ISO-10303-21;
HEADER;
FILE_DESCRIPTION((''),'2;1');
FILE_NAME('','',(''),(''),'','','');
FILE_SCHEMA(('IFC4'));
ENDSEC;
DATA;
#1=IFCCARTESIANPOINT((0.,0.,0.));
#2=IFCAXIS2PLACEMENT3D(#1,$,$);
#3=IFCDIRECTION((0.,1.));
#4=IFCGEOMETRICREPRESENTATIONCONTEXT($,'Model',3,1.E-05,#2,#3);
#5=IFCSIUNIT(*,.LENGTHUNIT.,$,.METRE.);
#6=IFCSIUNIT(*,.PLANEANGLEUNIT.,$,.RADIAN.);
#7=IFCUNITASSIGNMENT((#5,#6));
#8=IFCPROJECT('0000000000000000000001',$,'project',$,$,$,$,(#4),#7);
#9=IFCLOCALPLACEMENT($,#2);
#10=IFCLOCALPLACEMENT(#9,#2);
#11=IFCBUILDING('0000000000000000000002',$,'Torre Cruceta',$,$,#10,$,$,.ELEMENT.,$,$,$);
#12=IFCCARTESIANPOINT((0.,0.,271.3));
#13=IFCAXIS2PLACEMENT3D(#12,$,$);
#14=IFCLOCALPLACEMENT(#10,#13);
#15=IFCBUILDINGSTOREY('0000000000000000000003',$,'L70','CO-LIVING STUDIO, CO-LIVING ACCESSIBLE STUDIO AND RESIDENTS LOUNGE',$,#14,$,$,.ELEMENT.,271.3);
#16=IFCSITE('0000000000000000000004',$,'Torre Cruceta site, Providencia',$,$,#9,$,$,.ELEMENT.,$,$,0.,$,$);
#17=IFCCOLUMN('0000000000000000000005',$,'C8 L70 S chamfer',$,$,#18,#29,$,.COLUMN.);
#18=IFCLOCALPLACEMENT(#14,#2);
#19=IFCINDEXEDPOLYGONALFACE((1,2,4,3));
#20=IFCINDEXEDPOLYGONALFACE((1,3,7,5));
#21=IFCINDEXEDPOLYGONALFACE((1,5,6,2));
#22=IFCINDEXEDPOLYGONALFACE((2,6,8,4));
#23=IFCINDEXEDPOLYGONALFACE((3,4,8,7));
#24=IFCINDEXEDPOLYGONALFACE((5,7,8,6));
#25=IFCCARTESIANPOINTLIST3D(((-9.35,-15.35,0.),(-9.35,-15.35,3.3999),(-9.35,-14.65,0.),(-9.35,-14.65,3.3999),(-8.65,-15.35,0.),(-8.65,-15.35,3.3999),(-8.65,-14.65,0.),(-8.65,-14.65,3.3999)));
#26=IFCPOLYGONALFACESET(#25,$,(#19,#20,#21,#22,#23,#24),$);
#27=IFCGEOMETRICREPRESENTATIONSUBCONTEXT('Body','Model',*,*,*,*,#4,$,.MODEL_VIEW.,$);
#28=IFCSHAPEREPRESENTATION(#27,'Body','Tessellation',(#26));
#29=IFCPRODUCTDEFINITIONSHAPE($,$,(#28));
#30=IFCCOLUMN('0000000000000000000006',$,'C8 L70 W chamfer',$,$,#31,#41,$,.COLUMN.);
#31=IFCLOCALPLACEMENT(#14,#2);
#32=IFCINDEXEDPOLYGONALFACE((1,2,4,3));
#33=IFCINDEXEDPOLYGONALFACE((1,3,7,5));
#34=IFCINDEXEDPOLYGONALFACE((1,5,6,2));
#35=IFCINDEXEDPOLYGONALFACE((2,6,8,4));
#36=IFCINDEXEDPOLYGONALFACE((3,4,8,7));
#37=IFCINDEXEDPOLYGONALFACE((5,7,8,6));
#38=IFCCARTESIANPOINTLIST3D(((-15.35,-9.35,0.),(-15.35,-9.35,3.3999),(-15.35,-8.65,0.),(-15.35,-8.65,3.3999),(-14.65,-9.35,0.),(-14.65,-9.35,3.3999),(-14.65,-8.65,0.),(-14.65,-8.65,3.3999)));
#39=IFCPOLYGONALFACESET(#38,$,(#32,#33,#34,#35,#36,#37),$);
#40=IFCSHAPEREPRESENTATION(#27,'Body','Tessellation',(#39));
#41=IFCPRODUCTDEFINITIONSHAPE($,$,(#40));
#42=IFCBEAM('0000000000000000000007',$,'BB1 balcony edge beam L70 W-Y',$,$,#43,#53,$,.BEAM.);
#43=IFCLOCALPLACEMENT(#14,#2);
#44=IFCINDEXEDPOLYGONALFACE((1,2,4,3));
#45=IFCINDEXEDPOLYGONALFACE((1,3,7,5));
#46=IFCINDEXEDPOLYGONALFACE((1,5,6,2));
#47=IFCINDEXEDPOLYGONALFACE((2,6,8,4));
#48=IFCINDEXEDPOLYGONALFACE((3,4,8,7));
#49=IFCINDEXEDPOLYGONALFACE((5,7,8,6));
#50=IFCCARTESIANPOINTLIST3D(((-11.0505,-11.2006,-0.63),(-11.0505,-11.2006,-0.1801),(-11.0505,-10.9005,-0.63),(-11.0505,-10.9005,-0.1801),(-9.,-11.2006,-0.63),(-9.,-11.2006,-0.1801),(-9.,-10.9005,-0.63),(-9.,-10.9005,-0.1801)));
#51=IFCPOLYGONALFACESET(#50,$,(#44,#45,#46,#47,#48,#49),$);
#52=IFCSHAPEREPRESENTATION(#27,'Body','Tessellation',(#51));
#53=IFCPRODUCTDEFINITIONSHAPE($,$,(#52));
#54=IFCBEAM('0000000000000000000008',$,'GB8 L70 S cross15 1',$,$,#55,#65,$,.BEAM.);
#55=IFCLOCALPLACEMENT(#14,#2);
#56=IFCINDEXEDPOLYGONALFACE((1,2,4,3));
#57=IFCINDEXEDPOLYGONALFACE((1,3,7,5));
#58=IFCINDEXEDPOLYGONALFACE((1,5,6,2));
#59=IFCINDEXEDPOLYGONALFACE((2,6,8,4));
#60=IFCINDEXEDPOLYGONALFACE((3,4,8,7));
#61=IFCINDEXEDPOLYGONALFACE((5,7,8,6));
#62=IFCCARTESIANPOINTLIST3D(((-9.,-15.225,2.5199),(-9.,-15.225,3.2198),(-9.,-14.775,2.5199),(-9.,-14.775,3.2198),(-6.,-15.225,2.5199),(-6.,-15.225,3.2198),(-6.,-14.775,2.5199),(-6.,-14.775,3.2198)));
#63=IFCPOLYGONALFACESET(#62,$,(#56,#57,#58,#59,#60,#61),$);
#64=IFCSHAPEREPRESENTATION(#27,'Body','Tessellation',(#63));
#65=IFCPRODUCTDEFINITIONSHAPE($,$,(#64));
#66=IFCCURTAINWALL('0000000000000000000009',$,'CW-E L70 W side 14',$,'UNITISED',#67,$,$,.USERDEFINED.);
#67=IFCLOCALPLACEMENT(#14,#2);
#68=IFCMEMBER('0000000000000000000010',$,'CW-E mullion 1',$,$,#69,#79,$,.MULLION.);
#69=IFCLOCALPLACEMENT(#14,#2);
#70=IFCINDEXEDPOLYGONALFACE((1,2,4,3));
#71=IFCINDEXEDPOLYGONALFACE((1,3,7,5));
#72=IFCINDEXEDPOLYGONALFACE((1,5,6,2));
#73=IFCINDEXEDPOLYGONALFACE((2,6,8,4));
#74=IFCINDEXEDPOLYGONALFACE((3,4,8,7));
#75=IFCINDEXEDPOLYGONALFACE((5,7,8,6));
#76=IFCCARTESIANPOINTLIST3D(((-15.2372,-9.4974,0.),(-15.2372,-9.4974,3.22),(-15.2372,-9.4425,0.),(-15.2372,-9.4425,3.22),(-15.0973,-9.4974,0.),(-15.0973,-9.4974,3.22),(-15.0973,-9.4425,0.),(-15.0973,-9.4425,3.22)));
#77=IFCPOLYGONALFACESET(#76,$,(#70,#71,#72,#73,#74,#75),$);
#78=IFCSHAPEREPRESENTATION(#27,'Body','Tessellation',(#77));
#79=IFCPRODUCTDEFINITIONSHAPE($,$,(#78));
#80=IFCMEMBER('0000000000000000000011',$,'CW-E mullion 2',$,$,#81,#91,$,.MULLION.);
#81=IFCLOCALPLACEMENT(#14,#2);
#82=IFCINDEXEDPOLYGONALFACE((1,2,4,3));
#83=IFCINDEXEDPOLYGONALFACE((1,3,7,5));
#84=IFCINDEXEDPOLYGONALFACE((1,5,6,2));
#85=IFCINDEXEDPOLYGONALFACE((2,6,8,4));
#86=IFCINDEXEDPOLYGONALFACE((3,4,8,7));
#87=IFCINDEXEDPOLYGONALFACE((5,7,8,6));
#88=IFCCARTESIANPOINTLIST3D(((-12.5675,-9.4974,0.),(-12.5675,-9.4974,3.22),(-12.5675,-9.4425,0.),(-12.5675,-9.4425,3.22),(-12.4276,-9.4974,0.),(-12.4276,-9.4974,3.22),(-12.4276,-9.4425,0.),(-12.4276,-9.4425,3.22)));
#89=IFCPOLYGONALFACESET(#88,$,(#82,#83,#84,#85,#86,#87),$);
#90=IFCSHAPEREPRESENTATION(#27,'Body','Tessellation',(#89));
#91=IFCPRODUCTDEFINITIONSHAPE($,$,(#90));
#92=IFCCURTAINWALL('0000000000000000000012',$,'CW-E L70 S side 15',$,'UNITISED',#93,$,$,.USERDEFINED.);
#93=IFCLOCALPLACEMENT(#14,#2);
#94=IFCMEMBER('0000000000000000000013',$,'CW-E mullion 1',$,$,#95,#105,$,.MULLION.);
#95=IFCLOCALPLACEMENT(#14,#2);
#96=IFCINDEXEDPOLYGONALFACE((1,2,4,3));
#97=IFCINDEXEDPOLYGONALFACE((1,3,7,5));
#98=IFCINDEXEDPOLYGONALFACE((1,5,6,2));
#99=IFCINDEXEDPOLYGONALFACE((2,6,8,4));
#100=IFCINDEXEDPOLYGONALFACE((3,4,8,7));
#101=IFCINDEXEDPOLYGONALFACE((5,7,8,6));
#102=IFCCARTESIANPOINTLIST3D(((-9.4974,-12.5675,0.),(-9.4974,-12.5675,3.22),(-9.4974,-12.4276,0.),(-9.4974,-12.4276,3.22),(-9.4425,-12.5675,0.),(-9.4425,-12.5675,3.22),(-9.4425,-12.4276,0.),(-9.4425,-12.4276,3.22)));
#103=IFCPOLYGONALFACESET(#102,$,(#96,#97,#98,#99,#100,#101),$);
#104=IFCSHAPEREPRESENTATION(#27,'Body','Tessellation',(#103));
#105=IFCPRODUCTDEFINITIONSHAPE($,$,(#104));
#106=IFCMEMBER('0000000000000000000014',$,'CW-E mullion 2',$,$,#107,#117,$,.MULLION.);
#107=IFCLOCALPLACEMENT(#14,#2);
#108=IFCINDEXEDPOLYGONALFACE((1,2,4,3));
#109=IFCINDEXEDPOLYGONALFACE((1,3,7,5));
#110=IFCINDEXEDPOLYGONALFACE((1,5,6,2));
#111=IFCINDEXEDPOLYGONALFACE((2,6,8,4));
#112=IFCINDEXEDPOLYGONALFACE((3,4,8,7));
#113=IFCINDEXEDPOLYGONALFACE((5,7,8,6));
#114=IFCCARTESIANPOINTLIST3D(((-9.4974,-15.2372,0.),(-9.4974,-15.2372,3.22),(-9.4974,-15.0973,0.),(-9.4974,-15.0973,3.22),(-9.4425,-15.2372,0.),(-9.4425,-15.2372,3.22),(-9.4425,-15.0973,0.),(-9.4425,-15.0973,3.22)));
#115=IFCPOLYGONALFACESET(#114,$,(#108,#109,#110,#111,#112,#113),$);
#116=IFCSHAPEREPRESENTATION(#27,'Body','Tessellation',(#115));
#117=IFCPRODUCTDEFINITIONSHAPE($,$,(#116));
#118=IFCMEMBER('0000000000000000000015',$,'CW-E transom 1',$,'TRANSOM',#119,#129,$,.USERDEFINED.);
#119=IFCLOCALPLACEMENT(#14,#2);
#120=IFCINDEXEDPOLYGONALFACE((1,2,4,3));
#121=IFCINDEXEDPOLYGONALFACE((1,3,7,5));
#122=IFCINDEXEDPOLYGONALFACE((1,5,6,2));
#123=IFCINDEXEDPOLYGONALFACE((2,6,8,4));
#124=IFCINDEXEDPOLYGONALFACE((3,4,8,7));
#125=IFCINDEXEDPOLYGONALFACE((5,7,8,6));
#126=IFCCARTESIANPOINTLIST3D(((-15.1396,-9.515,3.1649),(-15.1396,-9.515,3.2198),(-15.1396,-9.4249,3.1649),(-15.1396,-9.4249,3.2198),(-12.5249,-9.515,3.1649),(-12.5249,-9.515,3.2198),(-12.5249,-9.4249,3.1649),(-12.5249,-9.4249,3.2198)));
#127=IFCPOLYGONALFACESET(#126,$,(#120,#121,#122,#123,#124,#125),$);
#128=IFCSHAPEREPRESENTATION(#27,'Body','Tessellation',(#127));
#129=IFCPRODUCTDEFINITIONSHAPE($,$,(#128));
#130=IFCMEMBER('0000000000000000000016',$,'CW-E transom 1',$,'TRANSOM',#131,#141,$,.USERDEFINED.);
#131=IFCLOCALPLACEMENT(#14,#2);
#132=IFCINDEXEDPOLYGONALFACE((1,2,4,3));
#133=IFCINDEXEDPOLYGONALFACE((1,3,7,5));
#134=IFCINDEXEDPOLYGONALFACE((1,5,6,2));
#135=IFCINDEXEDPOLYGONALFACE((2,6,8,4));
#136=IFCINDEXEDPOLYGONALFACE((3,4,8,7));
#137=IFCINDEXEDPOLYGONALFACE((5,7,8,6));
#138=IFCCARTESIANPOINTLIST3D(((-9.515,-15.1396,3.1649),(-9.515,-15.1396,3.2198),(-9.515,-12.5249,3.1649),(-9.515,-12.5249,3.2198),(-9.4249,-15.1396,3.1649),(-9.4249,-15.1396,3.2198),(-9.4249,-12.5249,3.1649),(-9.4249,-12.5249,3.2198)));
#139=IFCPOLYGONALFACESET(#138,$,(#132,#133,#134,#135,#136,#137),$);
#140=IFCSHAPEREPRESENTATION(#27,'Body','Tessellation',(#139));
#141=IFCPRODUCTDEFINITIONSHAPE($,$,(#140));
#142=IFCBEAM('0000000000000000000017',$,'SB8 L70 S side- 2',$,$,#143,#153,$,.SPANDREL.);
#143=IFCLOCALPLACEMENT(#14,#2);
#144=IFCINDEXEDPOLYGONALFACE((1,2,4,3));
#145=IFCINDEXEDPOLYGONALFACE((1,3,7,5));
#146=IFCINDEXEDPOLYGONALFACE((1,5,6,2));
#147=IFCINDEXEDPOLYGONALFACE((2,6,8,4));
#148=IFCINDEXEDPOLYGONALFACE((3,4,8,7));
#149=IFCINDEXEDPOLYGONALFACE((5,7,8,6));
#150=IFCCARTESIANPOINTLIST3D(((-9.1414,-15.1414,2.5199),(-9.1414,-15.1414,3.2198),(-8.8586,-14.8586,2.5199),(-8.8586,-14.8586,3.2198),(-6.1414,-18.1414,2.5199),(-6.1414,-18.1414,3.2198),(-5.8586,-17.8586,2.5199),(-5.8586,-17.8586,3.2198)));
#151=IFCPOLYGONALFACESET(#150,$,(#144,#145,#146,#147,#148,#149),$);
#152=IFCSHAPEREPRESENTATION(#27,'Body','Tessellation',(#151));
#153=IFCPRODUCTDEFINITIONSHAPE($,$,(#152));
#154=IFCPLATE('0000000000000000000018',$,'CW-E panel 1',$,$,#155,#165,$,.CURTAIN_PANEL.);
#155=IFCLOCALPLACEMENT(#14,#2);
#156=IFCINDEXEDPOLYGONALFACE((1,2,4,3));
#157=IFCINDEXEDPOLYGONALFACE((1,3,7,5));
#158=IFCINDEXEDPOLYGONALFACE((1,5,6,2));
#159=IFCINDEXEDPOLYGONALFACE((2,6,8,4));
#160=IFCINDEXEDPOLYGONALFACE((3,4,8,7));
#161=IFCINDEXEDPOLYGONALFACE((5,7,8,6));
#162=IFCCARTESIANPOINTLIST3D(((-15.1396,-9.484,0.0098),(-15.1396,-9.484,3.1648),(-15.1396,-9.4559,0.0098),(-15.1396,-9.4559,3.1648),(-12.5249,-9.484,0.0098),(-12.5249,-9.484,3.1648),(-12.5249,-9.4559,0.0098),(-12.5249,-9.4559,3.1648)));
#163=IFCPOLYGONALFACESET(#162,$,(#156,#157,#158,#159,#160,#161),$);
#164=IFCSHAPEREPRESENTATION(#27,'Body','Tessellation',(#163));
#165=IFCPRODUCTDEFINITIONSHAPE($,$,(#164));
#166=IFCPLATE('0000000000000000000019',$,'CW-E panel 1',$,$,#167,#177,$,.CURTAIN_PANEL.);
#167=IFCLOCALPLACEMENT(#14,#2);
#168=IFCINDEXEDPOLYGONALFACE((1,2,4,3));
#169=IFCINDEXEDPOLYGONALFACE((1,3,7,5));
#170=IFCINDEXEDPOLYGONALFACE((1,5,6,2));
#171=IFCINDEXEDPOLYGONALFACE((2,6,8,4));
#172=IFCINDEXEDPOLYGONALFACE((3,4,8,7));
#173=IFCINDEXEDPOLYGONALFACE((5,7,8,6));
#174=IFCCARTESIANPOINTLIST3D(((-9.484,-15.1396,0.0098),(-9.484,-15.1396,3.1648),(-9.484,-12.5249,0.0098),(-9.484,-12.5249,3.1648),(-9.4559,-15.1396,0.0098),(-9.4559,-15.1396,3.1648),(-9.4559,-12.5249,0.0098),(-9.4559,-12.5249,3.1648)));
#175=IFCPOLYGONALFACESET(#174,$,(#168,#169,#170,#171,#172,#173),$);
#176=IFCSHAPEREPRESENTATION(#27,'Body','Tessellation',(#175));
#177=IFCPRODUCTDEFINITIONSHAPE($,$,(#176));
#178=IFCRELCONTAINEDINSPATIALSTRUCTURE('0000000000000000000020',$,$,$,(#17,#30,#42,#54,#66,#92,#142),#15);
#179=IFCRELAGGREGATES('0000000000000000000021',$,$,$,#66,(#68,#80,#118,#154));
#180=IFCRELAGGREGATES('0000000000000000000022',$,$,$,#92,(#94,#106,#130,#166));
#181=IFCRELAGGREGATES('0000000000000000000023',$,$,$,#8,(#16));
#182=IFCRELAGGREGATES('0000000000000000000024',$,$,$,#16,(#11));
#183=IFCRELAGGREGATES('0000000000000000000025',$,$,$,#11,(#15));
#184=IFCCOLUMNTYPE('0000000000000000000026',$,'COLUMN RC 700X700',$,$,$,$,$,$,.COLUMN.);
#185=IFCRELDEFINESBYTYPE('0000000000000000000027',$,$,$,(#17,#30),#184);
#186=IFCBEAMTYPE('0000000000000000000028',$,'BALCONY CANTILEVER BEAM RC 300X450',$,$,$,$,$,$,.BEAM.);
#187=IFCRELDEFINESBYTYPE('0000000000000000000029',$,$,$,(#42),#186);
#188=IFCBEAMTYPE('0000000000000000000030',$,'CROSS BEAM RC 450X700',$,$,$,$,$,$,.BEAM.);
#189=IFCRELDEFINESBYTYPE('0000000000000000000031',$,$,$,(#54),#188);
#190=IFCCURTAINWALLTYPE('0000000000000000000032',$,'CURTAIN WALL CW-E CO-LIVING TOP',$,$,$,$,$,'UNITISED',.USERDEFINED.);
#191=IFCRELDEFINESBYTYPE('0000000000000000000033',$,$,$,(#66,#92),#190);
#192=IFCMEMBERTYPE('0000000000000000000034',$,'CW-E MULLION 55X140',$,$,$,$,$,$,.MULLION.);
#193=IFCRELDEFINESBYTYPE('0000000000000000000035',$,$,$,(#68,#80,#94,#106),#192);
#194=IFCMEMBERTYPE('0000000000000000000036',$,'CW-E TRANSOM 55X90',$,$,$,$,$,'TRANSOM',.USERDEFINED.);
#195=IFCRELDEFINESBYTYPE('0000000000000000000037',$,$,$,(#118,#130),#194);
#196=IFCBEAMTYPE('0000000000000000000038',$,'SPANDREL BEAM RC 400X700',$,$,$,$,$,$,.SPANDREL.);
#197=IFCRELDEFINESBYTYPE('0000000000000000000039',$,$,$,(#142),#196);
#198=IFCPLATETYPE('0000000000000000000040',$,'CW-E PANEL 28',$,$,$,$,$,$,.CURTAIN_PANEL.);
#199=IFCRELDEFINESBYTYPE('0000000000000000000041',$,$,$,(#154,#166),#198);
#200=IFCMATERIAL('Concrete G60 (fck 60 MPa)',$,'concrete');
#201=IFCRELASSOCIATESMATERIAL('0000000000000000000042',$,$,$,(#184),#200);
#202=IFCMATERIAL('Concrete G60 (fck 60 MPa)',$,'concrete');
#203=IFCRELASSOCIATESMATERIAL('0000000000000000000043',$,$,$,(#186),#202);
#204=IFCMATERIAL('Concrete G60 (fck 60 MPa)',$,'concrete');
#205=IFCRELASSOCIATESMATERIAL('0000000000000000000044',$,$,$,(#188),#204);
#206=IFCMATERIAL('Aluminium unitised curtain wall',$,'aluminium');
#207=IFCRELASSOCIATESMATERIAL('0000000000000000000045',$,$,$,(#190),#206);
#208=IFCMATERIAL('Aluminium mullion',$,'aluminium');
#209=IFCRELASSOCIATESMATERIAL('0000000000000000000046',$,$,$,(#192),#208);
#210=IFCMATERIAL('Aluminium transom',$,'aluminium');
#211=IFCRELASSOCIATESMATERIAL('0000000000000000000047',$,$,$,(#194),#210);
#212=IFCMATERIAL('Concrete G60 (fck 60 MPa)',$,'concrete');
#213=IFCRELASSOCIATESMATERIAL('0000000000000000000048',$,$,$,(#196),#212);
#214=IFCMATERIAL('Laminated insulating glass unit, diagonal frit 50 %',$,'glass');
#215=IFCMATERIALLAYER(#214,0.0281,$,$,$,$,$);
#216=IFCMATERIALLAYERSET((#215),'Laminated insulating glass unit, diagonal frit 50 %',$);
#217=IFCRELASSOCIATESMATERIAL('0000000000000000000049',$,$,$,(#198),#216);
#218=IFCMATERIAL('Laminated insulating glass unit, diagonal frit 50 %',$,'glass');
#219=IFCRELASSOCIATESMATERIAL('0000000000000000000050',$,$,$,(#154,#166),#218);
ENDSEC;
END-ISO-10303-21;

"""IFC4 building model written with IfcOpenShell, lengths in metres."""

from ifc_helpers import new_model, si_unit, direction, frame, origin, origin_2d, place, context, subcontext, project, spatial, rectangle, extrude, material, layer, layer_set, material_profile, profile_set, type_object, element, aggregate, save


model = new_model("IFC4")

# Units and contexts
model_context = context("Model", 3, precision=1e-05, world=origin(), true_north=direction((0.0, 1.0)))
body_context = subcontext(model_context, "Body", "Model", "MODEL_VIEW")
ifc_project = project(units=[si_unit("LENGTHUNIT", "METRE"), si_unit("PLANEANGLEUNIT", "RADIAN")], contexts=[model_context])

# Site, building, storey
site_placement = place(None, origin())
site = spatial("IfcSite", under=ifc_project, at=site_placement, Name="Torre Cruceta site, Providencia", CompositionType="ELEMENT", RefElevation=0.0)
building_placement = place(site_placement, origin())
building = spatial("IfcBuilding", under=site, at=building_placement, Name="Torre Cruceta", CompositionType="ELEMENT")
storey_placement = place(building_placement, frame((0.0, 0.0, 271.3)))
storey = spatial("IfcBuildingStorey", under=building, at=storey_placement, Name="L70", Description="CO-LIVING STUDIO, CO-LIVING ACCESSIBLE STUDIO AND RESIDENTS LOUNGE", CompositionType="ELEMENT", Elevation=271.3)

# Columns
ifc_material_1 = material(Name="Concrete G60 (fck 60 MPa)", Category="concrete")
ifc_material_profile_1 = material_profile(ifc_material_1, rectangle(XDim=0.7, YDim=0.7, at=origin_2d()), Name="RC 700X700")
ifc_profile_set_1 = profile_set([ifc_material_profile_1], Name="Concrete G60 (fck 60 MPa)")
column_type = type_object("IfcColumnType", Name="COLUMN RC 700X700", PredefinedType="COLUMN", material=ifc_profile_set_1)
for number, where, z_axis, x_axis, name in (
    (1, (-9.0, -15.0, 0.0), (0.0, 0.0, 1.0), (1.0, 0.0, 0.0), "C8 L70 S chamfer"),
    (2, (-15.0, -9.0, 0.0), (0.0, 0.0, 1.0), (1.0, 0.0, 0.0), "C8 L70 W chamfer"),
):
    element("IfcColumn", number, at=place(storey_placement, frame(where, z_axis=z_axis, x_axis=x_axis)), inside=storey, type_object=column_type, Name=name, PredefinedType="COLUMN", context=body_context, shape_type="SweptSolid", body=[
        extrude(rectangle(XDim=0.7, YDim=0.7, at=origin_2d()), origin(), (0.0, 0.0, 1.0), 3.3999),
    ])

# Beams
ifc_material_2 = material(Name="Concrete G60 (fck 60 MPa)", Category="concrete")
ifc_material_profile_2 = material_profile(ifc_material_2, rectangle(XDim=0.3, YDim=0.45, at=origin_2d()), Name="RC 300X450")
ifc_profile_set_2 = profile_set([ifc_material_profile_2], Name="Concrete G60 (fck 60 MPa)")
beam_type_1 = type_object("IfcBeamType", Name="BALCONY CANTILEVER BEAM RC 300X450", PredefinedType="BEAM", material=ifc_profile_set_2)
beam_1_placement = place(storey_placement, frame((-9.0, -11.0505, -0.405), z_axis=(-1.0, 0.0, 0.0), x_axis=(0.0, -1.0, 0.0)))
element("IfcBeam", 3, at=beam_1_placement, inside=storey, type_object=beam_type_1, Name="BB1 balcony edge beam L70 W-Y", PredefinedType="BEAM", context=body_context, shape_type="SweptSolid", body=[
    extrude(rectangle(XDim=0.3, YDim=0.45, at=origin_2d()), origin(), (0.0, 0.0, 1.0), 2.0505),
])
ifc_material_3 = material(Name="Concrete G60 (fck 60 MPa)", Category="concrete")
ifc_material_profile_3 = material_profile(ifc_material_3, rectangle(XDim=0.45, YDim=0.7, at=origin_2d()), Name="RC 450X700")
ifc_profile_set_3 = profile_set([ifc_material_profile_3], Name="Concrete G60 (fck 60 MPa)")
beam_type_2 = type_object("IfcBeamType", Name="CROSS BEAM RC 450X700", PredefinedType="BEAM", material=ifc_profile_set_3)
beam_2_placement = place(storey_placement, frame((-9.0, -15.0, 2.8699), z_axis=(1.0, 0.0, 0.0), x_axis=(0.0, 1.0, 0.0)))
element("IfcBeam", 4, at=beam_2_placement, inside=storey, type_object=beam_type_2, Name="GB8 L70 S cross15 1", PredefinedType="BEAM", context=body_context, shape_type="SweptSolid", body=[
    extrude(rectangle(XDim=0.45, YDim=0.7, at=origin_2d()), origin(), (0.0, 0.0, 1.0), 3.0),
])

# Curtain walls, members
ifc_material_4 = material(Name="Aluminium unitised curtain wall", Category="aluminium")
curtain_wall_type = type_object("IfcCurtainWallType", Name="CURTAIN WALL CW-E CO-LIVING TOP", ElementType="UNITISED", PredefinedType="USERDEFINED", material=ifc_material_4)
curtain_wall_1_placement = place(storey_placement, origin())
curtain_wall_1 = element("IfcCurtainWall", 5, at=curtain_wall_1_placement, inside=storey, type_object=curtain_wall_type, Name="CW-E L70 W side 14", ObjectType="UNITISED", PredefinedType="USERDEFINED")
ifc_material_5 = material(Name="Aluminium mullion", Category="aluminium")
ifc_material_profile_4 = material_profile(ifc_material_5, rectangle(XDim=0.0549, YDim=0.1399, at=origin_2d()), Name="AL 55X140")
ifc_profile_set_4 = profile_set([ifc_material_profile_4], Name="Aluminium mullion")
member_type_1 = type_object("IfcMemberType", Name="CW-E MULLION 55X140", PredefinedType="MULLION", material=ifc_profile_set_4)
member_1_placement = place(storey_placement, frame((-15.1672, -9.47, 0.0), z_axis=(0.0, 0.0, 1.0), x_axis=(0.0, 1.0, 0.0)))
member_1 = element("IfcMember", 6, at=member_1_placement, type_object=member_type_1, Name="CW-E mullion 1", PredefinedType="MULLION", context=body_context, shape_type="SweptSolid", body=[
    extrude(rectangle(XDim=0.0549, YDim=0.1399, at=origin_2d()), origin(), (0.0, 0.0, 1.0), 3.22),
])
member_2_placement = place(storey_placement, frame((-12.4976, -9.47, 0.0), z_axis=(0.0, 0.0, 1.0), x_axis=(0.0, 1.0, 0.0)))
member_2 = element("IfcMember", 7, at=member_2_placement, type_object=member_type_1, Name="CW-E mullion 2", PredefinedType="MULLION", context=body_context, shape_type="SweptSolid", body=[
    extrude(rectangle(XDim=0.0549, YDim=0.1399, at=origin_2d()), origin(), (0.0, 0.0, 1.0), 3.22),
])
curtain_wall_2_placement = place(storey_placement, origin())
curtain_wall_2 = element("IfcCurtainWall", 8, at=curtain_wall_2_placement, inside=storey, type_object=curtain_wall_type, Name="CW-E L70 S side 15", ObjectType="UNITISED", PredefinedType="USERDEFINED")
member_3_placement = place(storey_placement, frame((-9.47, -12.4976, 0.0), z_axis=(0.0, 0.0, 1.0), x_axis=(1.0, 0.0, 0.0)))
member_3 = element("IfcMember", 9, at=member_3_placement, type_object=member_type_1, Name="CW-E mullion 1", PredefinedType="MULLION", context=body_context, shape_type="SweptSolid", body=[
    extrude(rectangle(XDim=0.0549, YDim=0.1399, at=origin_2d()), origin(), (0.0, 0.0, 1.0), 3.22),
])
member_4_placement = place(storey_placement, frame((-9.47, -15.1672, 0.0), z_axis=(0.0, 0.0, 1.0), x_axis=(1.0, 0.0, 0.0)))
member_4 = element("IfcMember", 10, at=member_4_placement, type_object=member_type_1, Name="CW-E mullion 2", PredefinedType="MULLION", context=body_context, shape_type="SweptSolid", body=[
    extrude(rectangle(XDim=0.0549, YDim=0.1399, at=origin_2d()), origin(), (0.0, 0.0, 1.0), 3.22),
])

# Members
ifc_material_6 = material(Name="Aluminium transom", Category="aluminium")
ifc_material_profile_5 = material_profile(ifc_material_6, rectangle(XDim=0.0901, YDim=0.0549, at=origin_2d()), Name="AL 90X55")
ifc_profile_set_5 = profile_set([ifc_material_profile_5], Name="Aluminium transom")
member_type_2 = type_object("IfcMemberType", Name="CW-E TRANSOM 55X90", ElementType="TRANSOM", PredefinedType="USERDEFINED", material=ifc_profile_set_5)
member_5_placement = place(storey_placement, frame((-15.1396, -9.47, 3.1924), z_axis=(1.0, 0.0, 0.0), x_axis=(0.0, 1.0, 0.0)))
member_5 = element("IfcMember", 11, at=member_5_placement, type_object=member_type_2, Name="CW-E transom 1", ObjectType="TRANSOM", PredefinedType="USERDEFINED", context=body_context, shape_type="SweptSolid", body=[
    extrude(rectangle(XDim=0.0901, YDim=0.0549, at=origin_2d()), origin(), (0.0, 0.0, 1.0), 2.6147),
])
member_6_placement = place(storey_placement, frame((-9.47, -12.5249, 3.1924), z_axis=(0.0, -1.0, 0.0), x_axis=(1.0, 0.0, 0.0)))
member_6 = element("IfcMember", 12, at=member_6_placement, type_object=member_type_2, Name="CW-E transom 1", ObjectType="TRANSOM", PredefinedType="USERDEFINED", context=body_context, shape_type="SweptSolid", body=[
    extrude(rectangle(XDim=0.0901, YDim=0.0549, at=origin_2d()), origin(), (0.0, 0.0, 1.0), 2.6147),
])

# Beam
ifc_material_7 = material(Name="Concrete G60 (fck 60 MPa)", Category="concrete")
ifc_material_profile_6 = material_profile(ifc_material_7, rectangle(XDim=0.3999, YDim=0.7, at=origin_2d()), Name="RC 400X700")
ifc_profile_set_6 = profile_set([ifc_material_profile_6], Name="Concrete G60 (fck 60 MPa)")
beam_type_3 = type_object("IfcBeamType", Name="SPANDREL BEAM RC 400X700", PredefinedType="SPANDREL", material=ifc_profile_set_6)
beam_3_placement = place(storey_placement, frame((-9.0, -15.0, 2.8699), z_axis=(0.707107, -0.707107, 0.0), x_axis=(0.707107, 0.707107, 0.0)))
element("IfcBeam", 13, at=beam_3_placement, inside=storey, type_object=beam_type_3, Name="SB8 L70 S side- 2", PredefinedType="SPANDREL", context=body_context, shape_type="SweptSolid", body=[
    extrude(rectangle(XDim=0.3999, YDim=0.7, at=origin_2d()), origin(), (0.0, 0.0, 1.0), 4.2427),
])

# Plates
ifc_material_8 = material(Name="Laminated insulating glass unit, diagonal frit 50 %", Category="glass")
ifc_material_9 = material(Name="Laminated insulating glass unit, diagonal frit 50 %", Category="glass")
ifc_layer_1 = layer(ifc_material_9, 0.0281)
ifc_layer_set_1 = layer_set([ifc_layer_1], Name="Laminated insulating glass unit, diagonal frit 50 %")
plate_type = type_object("IfcPlateType", Name="CW-E PANEL 28", PredefinedType="CURTAIN_PANEL", material=ifc_layer_set_1)
plate_1_placement = place(storey_placement, frame((-13.8323, -9.47, 0.0098), z_axis=(0.0, 0.0, 1.0), x_axis=(1.0, 0.0, 0.0)))
plate_1 = element("IfcPlate", 14, at=plate_1_placement, type_object=plate_type, material=ifc_material_8, Name="CW-E panel 1", PredefinedType="CURTAIN_PANEL", context=body_context, shape_type="SweptSolid", body=[
    extrude(rectangle(XDim=2.6147, YDim=0.0281, at=origin_2d()), origin(), (0.0, 0.0, 1.0), 3.155),
])
aggregate(curtain_wall_1, [member_1, member_2, member_5, plate_1])
plate_2_placement = place(storey_placement, frame((-9.47, -13.8323, 0.0098), z_axis=(0.0, 0.0, 1.0), x_axis=(0.0, -1.0, 0.0)))
plate_2 = element("IfcPlate", 15, at=plate_2_placement, type_object=plate_type, material=ifc_material_8, Name="CW-E panel 1", PredefinedType="CURTAIN_PANEL", context=body_context, shape_type="SweptSolid", body=[
    extrude(rectangle(XDim=2.6147, YDim=0.0281, at=origin_2d()), origin(), (0.0, 0.0, 1.0), 3.155),
])
aggregate(curtain_wall_2, [member_3, member_4, member_6, plate_2])

save(model, "model.ifc")
